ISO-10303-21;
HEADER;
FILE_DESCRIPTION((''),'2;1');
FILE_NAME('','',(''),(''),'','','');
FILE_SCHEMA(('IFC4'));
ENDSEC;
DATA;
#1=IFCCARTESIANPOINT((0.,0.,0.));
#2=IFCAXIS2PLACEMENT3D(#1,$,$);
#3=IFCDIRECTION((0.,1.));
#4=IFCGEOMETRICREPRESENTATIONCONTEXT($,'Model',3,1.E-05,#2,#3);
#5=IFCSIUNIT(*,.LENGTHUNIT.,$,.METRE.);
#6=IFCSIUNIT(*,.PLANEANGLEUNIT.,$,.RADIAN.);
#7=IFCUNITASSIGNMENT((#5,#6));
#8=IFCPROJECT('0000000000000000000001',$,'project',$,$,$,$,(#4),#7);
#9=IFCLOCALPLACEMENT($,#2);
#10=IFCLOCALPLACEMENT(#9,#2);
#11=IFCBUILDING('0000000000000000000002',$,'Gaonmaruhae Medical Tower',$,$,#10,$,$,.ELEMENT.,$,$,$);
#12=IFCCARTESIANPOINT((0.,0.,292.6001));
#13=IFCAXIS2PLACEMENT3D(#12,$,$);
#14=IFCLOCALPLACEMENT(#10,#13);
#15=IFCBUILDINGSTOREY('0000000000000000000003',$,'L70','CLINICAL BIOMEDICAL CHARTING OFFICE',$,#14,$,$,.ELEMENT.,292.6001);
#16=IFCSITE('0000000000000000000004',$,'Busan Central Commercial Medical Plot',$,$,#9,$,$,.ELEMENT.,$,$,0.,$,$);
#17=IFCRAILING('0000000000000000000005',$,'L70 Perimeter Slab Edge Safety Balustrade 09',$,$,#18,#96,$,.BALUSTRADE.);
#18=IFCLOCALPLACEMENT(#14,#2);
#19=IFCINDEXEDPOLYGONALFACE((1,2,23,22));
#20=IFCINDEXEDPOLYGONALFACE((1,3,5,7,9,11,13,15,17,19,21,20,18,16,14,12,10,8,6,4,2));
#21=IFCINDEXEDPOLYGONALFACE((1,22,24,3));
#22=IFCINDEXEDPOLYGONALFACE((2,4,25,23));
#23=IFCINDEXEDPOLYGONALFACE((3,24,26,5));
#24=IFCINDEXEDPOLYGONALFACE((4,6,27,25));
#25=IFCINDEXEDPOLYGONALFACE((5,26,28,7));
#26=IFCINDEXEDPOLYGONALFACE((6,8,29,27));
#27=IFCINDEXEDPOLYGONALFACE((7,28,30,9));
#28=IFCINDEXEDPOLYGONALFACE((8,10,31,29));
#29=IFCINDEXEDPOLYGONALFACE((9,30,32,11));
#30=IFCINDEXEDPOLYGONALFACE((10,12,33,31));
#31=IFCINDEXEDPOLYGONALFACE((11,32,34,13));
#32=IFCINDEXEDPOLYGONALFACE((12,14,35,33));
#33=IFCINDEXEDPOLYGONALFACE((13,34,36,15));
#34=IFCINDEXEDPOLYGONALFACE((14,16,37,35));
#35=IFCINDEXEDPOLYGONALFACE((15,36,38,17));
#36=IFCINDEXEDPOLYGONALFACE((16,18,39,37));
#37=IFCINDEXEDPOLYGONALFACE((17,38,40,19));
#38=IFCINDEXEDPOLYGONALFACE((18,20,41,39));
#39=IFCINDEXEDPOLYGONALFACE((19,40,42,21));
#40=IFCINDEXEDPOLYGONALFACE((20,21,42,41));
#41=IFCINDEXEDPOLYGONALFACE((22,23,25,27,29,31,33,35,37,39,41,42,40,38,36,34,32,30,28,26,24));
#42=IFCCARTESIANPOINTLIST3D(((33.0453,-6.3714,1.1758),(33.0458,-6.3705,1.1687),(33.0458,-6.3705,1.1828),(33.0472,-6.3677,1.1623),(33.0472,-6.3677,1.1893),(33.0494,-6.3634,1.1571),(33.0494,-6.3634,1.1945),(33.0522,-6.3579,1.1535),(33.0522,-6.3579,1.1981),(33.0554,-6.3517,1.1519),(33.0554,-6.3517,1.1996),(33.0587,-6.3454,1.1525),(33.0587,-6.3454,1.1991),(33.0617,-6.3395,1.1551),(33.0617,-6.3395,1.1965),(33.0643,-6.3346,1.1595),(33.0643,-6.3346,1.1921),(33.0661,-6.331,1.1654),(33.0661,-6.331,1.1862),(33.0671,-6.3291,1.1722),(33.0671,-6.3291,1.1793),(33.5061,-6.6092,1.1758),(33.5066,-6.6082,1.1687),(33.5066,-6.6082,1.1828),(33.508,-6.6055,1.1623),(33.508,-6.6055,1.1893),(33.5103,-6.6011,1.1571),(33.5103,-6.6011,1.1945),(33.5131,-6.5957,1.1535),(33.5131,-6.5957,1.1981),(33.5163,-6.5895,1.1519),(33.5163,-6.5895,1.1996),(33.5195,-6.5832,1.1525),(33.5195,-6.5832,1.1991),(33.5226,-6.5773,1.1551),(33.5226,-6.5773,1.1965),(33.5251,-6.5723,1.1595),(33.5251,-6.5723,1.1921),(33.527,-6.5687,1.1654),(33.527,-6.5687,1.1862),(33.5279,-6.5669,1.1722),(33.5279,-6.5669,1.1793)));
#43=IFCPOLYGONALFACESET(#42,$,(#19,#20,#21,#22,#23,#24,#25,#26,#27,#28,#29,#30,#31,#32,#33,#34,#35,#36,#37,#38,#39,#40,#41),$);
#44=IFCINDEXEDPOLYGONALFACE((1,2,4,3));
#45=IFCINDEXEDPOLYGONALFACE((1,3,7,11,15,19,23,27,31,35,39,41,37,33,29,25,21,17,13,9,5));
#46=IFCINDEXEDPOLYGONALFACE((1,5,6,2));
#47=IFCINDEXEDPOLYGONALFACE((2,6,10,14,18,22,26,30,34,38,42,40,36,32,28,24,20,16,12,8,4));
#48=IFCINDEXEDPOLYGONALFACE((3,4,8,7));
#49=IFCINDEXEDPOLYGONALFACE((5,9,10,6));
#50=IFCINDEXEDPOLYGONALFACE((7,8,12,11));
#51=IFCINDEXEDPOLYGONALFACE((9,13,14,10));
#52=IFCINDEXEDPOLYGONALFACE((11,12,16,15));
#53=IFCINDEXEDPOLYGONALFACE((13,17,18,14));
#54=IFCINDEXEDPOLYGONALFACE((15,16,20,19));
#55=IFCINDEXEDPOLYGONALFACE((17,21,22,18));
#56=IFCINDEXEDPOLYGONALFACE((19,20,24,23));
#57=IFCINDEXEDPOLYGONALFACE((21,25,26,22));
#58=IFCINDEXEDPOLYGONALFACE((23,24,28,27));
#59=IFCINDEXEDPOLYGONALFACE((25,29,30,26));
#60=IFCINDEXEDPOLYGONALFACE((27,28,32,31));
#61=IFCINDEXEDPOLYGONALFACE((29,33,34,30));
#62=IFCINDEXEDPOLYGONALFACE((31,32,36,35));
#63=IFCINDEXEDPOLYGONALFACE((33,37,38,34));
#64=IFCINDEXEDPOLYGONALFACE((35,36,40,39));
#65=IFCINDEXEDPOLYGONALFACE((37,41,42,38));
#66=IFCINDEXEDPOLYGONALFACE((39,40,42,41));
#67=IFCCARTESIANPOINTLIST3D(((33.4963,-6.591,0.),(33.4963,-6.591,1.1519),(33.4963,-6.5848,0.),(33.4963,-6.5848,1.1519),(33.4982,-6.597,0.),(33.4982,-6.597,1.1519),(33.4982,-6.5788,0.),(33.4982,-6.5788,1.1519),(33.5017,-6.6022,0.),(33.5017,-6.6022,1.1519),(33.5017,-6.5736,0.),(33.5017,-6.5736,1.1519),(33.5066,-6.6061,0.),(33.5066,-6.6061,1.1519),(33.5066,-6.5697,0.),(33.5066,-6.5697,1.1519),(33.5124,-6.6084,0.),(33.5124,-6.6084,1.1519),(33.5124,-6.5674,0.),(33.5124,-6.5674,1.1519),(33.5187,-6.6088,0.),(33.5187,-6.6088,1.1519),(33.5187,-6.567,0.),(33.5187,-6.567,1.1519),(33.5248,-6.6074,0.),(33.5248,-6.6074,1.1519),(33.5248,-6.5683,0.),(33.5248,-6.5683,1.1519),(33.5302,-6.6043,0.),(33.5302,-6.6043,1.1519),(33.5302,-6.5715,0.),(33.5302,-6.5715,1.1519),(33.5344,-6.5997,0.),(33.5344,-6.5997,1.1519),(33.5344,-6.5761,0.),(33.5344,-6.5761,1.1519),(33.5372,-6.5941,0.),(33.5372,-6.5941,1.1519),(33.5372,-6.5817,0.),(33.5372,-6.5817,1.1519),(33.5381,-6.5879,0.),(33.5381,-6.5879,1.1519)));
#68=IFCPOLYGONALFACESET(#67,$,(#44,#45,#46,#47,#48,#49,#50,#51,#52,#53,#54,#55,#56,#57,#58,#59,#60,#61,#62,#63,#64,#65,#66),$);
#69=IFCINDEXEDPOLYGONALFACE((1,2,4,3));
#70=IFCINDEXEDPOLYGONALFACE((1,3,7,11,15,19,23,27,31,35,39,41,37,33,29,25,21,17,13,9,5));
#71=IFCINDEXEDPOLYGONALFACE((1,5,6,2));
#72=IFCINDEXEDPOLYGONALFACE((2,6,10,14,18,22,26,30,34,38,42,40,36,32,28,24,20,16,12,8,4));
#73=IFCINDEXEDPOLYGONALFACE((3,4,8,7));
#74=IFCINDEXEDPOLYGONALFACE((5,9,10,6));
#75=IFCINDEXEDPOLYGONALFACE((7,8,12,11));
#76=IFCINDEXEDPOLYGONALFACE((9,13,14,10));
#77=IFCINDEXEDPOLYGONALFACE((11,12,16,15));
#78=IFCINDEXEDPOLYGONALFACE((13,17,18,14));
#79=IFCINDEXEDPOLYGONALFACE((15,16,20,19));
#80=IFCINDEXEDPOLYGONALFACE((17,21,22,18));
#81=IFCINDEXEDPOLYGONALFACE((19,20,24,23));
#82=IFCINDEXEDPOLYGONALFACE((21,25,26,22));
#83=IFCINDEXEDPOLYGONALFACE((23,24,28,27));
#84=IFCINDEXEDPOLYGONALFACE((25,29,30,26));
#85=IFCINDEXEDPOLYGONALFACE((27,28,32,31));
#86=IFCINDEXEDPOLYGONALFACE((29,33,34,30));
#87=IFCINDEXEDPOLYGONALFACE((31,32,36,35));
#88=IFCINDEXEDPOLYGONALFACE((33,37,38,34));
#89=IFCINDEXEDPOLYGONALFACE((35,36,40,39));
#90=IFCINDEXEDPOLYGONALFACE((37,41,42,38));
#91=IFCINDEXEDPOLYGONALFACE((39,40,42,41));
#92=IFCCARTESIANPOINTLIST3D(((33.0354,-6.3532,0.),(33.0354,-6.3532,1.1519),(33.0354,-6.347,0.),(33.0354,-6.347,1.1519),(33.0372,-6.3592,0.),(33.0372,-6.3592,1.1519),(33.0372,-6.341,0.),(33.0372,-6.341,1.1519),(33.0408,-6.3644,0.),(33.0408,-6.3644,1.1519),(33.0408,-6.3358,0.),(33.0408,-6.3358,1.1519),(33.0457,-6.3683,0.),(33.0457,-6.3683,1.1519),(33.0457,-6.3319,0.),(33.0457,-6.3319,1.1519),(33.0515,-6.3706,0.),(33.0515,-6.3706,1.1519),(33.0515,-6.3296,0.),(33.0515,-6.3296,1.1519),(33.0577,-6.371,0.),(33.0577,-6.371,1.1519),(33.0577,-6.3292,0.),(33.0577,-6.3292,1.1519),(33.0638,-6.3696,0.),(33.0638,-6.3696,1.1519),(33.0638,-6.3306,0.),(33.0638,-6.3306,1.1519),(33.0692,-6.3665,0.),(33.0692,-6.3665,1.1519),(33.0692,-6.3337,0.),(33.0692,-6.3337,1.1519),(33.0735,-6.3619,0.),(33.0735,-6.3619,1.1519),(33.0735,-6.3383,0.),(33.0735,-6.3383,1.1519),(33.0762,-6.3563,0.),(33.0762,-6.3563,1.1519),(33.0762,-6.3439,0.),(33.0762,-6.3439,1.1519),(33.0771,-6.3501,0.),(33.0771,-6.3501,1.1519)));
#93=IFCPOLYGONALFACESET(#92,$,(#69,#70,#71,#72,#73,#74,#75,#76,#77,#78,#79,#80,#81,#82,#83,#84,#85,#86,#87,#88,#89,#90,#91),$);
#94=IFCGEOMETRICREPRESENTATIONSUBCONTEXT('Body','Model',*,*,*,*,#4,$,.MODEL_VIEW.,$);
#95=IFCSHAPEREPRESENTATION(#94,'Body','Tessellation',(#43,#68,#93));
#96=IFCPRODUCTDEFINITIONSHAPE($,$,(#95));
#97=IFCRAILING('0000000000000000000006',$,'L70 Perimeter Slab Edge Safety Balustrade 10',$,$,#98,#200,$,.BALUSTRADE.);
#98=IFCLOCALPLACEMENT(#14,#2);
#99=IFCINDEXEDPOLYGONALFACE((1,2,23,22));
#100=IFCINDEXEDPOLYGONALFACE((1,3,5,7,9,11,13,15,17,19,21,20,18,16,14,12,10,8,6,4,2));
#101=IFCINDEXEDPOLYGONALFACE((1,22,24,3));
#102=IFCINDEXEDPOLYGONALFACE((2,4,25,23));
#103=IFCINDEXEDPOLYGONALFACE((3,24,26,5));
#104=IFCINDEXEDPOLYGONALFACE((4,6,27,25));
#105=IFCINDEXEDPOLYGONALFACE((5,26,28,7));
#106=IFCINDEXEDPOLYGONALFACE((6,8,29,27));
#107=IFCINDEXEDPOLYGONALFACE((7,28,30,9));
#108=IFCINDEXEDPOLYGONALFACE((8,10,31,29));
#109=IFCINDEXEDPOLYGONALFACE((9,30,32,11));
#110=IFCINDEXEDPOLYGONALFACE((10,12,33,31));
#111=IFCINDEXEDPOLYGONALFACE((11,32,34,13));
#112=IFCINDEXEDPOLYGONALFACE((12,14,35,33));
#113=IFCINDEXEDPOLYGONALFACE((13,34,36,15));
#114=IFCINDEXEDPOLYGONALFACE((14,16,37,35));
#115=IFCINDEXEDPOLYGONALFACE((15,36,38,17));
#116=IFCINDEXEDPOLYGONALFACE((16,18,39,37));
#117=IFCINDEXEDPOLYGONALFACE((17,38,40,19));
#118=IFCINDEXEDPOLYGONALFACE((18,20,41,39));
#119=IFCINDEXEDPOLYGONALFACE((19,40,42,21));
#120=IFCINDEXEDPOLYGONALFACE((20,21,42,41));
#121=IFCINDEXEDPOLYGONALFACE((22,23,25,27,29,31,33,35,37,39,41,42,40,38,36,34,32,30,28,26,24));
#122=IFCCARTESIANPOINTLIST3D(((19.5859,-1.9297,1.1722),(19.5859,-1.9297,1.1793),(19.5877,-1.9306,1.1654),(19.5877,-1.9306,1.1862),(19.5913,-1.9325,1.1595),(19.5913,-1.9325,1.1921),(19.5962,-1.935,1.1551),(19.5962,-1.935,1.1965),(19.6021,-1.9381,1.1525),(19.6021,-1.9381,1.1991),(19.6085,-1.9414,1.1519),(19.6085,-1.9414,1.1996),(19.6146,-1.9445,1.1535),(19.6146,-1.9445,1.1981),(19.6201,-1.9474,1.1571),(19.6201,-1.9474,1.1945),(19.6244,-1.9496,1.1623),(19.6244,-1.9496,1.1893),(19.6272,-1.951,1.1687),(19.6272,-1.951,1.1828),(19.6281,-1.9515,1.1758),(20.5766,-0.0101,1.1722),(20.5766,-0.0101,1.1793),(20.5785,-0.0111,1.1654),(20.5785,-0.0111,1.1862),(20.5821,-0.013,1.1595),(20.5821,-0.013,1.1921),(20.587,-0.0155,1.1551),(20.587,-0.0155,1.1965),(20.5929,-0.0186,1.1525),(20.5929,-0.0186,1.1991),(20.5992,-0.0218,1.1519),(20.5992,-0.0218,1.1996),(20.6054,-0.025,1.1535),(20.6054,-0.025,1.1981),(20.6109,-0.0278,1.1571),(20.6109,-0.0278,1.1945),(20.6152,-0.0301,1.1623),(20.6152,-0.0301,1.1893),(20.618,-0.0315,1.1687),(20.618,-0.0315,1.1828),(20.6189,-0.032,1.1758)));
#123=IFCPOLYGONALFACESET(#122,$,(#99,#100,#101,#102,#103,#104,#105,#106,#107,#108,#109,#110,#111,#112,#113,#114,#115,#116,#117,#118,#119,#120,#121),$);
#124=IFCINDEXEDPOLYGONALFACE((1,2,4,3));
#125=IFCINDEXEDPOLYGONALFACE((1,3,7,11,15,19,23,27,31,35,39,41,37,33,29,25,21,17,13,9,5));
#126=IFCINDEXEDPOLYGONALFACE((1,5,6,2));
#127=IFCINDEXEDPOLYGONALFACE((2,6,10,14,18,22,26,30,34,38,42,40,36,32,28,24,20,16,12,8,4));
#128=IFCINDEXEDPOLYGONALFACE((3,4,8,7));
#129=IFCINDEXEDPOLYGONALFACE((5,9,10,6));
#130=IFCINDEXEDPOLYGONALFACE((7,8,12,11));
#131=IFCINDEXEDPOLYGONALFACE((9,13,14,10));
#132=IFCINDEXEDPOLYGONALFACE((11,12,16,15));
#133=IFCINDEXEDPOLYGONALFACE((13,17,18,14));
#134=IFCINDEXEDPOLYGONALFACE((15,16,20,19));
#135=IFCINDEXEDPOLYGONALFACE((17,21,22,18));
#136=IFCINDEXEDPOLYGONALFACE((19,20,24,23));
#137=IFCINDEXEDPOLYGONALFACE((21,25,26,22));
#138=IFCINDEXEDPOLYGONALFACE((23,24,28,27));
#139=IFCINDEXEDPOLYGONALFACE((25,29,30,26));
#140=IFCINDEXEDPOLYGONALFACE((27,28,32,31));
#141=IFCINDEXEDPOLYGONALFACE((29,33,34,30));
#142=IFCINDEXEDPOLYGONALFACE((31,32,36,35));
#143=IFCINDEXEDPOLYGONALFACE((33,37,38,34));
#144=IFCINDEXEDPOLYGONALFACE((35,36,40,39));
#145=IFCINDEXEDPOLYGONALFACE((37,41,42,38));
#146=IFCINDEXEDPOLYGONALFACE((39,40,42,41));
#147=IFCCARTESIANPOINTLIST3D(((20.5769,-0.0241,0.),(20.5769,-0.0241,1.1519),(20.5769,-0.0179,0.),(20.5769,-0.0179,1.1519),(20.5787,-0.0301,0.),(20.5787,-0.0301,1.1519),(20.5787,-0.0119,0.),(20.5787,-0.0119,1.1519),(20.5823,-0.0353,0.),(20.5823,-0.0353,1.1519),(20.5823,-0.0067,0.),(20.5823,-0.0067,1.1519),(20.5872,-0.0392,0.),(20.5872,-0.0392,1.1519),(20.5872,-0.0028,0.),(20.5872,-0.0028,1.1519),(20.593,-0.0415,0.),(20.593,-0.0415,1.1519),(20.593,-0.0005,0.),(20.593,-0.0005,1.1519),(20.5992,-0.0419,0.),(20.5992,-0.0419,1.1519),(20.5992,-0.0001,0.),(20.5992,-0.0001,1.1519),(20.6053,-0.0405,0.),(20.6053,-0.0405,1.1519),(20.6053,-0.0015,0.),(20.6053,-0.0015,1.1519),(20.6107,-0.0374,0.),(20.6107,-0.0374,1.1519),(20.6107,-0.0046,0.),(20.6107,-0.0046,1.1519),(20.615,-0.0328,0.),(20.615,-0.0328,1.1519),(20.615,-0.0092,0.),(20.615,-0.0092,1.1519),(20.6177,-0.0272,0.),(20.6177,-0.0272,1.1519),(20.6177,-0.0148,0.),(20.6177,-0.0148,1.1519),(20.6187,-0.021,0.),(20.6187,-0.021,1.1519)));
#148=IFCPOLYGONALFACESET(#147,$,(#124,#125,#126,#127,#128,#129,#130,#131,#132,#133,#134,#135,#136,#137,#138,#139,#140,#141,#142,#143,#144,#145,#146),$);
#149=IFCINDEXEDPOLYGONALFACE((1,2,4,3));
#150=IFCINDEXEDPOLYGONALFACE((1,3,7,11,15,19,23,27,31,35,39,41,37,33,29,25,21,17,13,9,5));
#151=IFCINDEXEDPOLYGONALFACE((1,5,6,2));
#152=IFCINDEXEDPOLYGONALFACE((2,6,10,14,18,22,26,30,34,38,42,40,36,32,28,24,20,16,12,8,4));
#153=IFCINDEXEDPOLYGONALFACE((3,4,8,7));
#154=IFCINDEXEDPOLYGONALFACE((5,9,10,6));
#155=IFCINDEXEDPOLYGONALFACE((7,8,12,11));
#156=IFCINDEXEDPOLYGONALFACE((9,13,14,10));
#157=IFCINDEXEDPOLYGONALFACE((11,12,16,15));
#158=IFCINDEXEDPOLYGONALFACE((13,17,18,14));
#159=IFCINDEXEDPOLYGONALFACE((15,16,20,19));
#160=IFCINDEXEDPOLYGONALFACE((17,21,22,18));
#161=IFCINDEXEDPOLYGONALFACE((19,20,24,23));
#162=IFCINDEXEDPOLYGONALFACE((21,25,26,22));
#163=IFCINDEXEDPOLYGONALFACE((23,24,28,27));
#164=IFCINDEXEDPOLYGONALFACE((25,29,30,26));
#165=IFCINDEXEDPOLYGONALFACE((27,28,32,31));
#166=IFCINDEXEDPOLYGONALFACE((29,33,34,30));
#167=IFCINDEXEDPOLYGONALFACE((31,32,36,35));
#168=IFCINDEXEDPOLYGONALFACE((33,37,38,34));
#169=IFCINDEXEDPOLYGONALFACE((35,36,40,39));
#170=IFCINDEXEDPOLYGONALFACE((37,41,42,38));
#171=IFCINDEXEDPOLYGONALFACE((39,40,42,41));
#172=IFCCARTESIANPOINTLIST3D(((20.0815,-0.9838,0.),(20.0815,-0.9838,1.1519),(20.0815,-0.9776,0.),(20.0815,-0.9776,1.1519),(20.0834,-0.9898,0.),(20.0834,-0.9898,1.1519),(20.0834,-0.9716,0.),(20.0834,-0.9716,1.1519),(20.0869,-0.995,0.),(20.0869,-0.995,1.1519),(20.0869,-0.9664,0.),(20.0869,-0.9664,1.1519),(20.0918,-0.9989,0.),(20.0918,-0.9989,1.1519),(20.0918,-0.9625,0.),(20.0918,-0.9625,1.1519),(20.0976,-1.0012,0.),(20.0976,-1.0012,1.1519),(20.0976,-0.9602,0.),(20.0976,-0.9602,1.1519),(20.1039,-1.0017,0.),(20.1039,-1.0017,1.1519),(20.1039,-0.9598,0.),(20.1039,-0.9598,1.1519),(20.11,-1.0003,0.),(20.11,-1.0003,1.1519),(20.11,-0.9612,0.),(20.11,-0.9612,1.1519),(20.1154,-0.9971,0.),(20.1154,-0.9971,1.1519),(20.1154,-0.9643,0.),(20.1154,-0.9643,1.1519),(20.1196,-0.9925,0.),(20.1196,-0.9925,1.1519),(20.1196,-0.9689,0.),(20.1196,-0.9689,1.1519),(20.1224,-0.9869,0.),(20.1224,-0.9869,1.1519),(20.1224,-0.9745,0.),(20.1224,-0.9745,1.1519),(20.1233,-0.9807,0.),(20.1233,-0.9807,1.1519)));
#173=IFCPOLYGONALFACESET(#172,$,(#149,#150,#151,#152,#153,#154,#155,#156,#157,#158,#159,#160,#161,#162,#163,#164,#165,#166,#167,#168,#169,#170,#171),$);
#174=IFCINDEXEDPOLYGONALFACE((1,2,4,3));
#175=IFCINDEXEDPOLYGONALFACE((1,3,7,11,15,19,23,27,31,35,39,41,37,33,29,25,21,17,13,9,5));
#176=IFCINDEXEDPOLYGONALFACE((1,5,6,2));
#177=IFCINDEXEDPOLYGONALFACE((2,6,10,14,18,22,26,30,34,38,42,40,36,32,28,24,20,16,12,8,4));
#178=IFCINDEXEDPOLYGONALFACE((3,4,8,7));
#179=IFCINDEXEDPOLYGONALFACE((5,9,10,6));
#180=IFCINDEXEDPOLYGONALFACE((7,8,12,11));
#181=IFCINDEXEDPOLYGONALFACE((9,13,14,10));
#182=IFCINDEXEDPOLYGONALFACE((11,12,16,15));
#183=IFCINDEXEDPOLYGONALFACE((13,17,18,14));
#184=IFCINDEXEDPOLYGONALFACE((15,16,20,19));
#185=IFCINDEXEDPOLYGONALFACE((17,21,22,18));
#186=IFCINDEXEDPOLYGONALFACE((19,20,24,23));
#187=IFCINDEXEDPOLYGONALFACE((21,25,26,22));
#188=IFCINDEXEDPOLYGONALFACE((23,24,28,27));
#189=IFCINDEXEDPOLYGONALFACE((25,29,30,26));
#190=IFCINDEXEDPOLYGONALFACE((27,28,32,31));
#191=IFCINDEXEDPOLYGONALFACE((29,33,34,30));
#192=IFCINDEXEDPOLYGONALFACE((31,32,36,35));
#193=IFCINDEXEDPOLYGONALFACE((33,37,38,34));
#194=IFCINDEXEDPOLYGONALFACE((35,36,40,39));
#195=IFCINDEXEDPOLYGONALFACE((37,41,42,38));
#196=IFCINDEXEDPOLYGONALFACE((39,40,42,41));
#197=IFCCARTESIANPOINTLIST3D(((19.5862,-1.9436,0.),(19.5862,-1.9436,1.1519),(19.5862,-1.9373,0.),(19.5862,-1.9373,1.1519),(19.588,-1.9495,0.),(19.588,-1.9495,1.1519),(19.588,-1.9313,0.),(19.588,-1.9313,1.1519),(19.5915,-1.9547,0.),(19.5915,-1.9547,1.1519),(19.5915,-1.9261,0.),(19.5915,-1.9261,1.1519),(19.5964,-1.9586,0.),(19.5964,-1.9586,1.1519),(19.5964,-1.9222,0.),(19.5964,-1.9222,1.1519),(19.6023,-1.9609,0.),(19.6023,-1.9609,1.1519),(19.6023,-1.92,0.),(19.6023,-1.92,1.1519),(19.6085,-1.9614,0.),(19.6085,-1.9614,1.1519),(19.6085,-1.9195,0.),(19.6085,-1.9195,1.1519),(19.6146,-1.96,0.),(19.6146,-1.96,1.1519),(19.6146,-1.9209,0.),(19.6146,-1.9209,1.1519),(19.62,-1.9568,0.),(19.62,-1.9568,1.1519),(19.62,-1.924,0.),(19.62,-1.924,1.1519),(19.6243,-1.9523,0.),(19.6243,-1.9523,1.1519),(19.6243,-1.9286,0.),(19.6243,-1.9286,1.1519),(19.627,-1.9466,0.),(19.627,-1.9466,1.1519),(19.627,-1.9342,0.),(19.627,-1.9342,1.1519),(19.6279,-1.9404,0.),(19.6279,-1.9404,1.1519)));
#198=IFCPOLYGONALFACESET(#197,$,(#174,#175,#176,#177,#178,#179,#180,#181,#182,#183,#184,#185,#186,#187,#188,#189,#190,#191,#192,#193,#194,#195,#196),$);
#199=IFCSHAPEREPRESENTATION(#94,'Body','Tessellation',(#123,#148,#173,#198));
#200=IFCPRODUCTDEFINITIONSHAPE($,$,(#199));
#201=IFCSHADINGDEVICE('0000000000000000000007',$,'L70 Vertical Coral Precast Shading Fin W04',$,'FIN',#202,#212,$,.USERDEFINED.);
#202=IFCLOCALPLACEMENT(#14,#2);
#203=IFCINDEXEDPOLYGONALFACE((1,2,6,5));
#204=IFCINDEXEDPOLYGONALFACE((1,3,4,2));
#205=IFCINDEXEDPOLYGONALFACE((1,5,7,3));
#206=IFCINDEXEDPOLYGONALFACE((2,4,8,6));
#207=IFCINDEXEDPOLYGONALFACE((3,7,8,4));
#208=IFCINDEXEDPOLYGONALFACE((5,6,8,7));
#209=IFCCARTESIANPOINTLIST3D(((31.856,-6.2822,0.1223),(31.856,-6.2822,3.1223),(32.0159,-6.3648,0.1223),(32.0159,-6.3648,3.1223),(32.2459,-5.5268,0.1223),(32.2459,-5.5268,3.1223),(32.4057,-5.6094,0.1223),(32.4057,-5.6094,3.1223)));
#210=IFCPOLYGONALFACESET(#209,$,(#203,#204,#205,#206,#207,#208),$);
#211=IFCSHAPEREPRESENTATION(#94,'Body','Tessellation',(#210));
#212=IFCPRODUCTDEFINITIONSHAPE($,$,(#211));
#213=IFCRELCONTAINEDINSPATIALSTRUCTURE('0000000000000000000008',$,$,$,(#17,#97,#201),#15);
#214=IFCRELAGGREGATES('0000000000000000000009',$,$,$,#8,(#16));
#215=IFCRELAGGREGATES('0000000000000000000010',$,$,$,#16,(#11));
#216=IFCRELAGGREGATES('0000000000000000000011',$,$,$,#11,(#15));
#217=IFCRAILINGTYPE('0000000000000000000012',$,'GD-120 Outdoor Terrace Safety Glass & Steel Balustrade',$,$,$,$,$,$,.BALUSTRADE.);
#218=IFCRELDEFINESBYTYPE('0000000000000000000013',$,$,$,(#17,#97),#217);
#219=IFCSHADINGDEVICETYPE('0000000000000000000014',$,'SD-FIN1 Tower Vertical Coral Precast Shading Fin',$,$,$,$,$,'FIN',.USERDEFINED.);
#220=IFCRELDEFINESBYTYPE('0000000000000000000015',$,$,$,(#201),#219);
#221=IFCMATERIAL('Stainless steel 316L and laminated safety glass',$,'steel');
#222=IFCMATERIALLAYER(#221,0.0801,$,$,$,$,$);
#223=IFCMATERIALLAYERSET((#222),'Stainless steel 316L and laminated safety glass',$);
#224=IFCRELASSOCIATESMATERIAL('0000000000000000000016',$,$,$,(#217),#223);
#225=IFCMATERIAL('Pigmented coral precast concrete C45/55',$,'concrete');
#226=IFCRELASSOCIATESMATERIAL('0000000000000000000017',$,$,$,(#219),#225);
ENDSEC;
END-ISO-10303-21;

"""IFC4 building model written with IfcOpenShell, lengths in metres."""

from ifc_helpers import new_model, si_unit, direction, frame, origin, origin_2d, place, context, subcontext, project, spatial, rectangle, circle, extrude, material, layer, layer_set, type_object, element, save


model = new_model("IFC4")

# Units and contexts
model_context = context("Model", 3, precision=1e-05, world=origin(), true_north=direction((0.0, 1.0)))
body_context = subcontext(model_context, "Body", "Model", "MODEL_VIEW")
ifc_project = project(units=[si_unit("LENGTHUNIT", "METRE"), si_unit("PLANEANGLEUNIT", "RADIAN")], contexts=[model_context])

# Site, building, storey
site_placement = place(None, origin())
site = spatial("IfcSite", under=ifc_project, at=site_placement, Name="Busan Central Commercial Medical Plot", CompositionType="ELEMENT", RefElevation=0.0)
building_placement = place(site_placement, origin())
building = spatial("IfcBuilding", under=site, at=building_placement, Name="Gaonmaruhae Medical Tower", CompositionType="ELEMENT")
storey_placement = place(building_placement, frame((0.0, 0.0, 292.6001)))
storey = spatial("IfcBuildingStorey", under=building, at=storey_placement, Name="L70", Description="CLINICAL BIOMEDICAL CHARTING OFFICE", CompositionType="ELEMENT", Elevation=292.6001)

# Railings
ifc_material_1 = material(Name="Stainless steel 316L and laminated safety glass", Category="steel")
ifc_layer_1 = layer(ifc_material_1, 0.0801)
ifc_layer_set_1 = layer_set([ifc_layer_1], Name="Stainless steel 316L and laminated safety glass")
railing_type = type_object("IfcRailingType", Name="GD-120 Outdoor Terrace Safety Glass & Steel Balustrade", PredefinedType="BALUSTRADE", material=ifc_layer_set_1)
railing_1_placement = place(storey_placement, frame((33.5171, -6.5879, 0.0)))
element("IfcRailing", 1, at=railing_1_placement, inside=storey, type_object=railing_type, Name="L70 Perimeter Slab Edge Safety Balustrade 09", PredefinedType="BALUSTRADE", context=body_context, shape_type="SweptSolid", body=[
    extrude(circle(Radius=0.0239, at=origin_2d()), frame((0.0, 0.0, 1.1758), z_axis=(-0.888707, 0.458475, 0.0), x_axis=(-0.458475, -0.888707, 0.0)), (0.0, 0.0, 1.0), 0.5186),
    extrude(circle(Radius=0.021, at=origin_2d()), origin(), (0.0, 0.0, 1.0), 1.1519),
    extrude(circle(Radius=0.021, at=origin_2d()), frame((-0.4609, 0.2378, 0.0)), (0.0, 0.0, 1.0), 1.1519),
])
railing_2_placement = place(storey_placement, frame((20.5977, -0.021, 0.0)))
element("IfcRailing", 2, at=railing_2_placement, inside=storey, type_object=railing_type, Name="L70 Perimeter Slab Edge Safety Balustrade 10", PredefinedType="BALUSTRADE", context=body_context, shape_type="SweptSolid", body=[
    extrude(circle(Radius=0.0239, at=origin_2d()), frame((0.0, 0.0, 1.1758), z_axis=(-0.45866, -0.888612, 0.0), x_axis=(0.888612, -0.45866, 0.0)), (0.0, 0.0, 1.0), 2.1602),
    extrude(circle(Radius=0.021, at=origin_2d()), origin(), (0.0, 0.0, 1.0), 1.1519),
    extrude(circle(Radius=0.021, at=origin_2d()), frame((-0.4954, -0.9597, 0.0)), (0.0, 0.0, 1.0), 1.1519),
    extrude(circle(Radius=0.021, at=origin_2d()), frame((-0.9907, -1.9194, 0.0)), (0.0, 0.0, 1.0), 1.1519),
])

# Shading device
ifc_material_2 = material(Name="Pigmented coral precast concrete C45/55", Category="concrete")
shading_device_type = type_object("IfcShadingDeviceType", Name="SD-FIN1 Tower Vertical Coral Precast Shading Fin", ElementType="FIN", PredefinedType="USERDEFINED", material=ifc_material_2)
for number, where, z_axis, x_axis, name in (
    (3, (32.1309, -5.9458, 0.1223), (0.0, 0.0, 1.0), (-0.888625, 0.458634, 0.0), "L70 Vertical Coral Precast Shading Fin W04"),
):
    element("IfcShadingDevice", number, at=place(storey_placement, frame(where, z_axis=z_axis, x_axis=x_axis)), inside=storey, type_object=shading_device_type, Name=name, ObjectType="FIN", PredefinedType="USERDEFINED", context=body_context, shape_type="SweptSolid", body=[
        extrude(rectangle(XDim=0.1799, YDim=0.8501, at=origin_2d()), origin(), (0.0, 0.0, 1.0), 3.0),
    ])

save(model, "model.ifc")
